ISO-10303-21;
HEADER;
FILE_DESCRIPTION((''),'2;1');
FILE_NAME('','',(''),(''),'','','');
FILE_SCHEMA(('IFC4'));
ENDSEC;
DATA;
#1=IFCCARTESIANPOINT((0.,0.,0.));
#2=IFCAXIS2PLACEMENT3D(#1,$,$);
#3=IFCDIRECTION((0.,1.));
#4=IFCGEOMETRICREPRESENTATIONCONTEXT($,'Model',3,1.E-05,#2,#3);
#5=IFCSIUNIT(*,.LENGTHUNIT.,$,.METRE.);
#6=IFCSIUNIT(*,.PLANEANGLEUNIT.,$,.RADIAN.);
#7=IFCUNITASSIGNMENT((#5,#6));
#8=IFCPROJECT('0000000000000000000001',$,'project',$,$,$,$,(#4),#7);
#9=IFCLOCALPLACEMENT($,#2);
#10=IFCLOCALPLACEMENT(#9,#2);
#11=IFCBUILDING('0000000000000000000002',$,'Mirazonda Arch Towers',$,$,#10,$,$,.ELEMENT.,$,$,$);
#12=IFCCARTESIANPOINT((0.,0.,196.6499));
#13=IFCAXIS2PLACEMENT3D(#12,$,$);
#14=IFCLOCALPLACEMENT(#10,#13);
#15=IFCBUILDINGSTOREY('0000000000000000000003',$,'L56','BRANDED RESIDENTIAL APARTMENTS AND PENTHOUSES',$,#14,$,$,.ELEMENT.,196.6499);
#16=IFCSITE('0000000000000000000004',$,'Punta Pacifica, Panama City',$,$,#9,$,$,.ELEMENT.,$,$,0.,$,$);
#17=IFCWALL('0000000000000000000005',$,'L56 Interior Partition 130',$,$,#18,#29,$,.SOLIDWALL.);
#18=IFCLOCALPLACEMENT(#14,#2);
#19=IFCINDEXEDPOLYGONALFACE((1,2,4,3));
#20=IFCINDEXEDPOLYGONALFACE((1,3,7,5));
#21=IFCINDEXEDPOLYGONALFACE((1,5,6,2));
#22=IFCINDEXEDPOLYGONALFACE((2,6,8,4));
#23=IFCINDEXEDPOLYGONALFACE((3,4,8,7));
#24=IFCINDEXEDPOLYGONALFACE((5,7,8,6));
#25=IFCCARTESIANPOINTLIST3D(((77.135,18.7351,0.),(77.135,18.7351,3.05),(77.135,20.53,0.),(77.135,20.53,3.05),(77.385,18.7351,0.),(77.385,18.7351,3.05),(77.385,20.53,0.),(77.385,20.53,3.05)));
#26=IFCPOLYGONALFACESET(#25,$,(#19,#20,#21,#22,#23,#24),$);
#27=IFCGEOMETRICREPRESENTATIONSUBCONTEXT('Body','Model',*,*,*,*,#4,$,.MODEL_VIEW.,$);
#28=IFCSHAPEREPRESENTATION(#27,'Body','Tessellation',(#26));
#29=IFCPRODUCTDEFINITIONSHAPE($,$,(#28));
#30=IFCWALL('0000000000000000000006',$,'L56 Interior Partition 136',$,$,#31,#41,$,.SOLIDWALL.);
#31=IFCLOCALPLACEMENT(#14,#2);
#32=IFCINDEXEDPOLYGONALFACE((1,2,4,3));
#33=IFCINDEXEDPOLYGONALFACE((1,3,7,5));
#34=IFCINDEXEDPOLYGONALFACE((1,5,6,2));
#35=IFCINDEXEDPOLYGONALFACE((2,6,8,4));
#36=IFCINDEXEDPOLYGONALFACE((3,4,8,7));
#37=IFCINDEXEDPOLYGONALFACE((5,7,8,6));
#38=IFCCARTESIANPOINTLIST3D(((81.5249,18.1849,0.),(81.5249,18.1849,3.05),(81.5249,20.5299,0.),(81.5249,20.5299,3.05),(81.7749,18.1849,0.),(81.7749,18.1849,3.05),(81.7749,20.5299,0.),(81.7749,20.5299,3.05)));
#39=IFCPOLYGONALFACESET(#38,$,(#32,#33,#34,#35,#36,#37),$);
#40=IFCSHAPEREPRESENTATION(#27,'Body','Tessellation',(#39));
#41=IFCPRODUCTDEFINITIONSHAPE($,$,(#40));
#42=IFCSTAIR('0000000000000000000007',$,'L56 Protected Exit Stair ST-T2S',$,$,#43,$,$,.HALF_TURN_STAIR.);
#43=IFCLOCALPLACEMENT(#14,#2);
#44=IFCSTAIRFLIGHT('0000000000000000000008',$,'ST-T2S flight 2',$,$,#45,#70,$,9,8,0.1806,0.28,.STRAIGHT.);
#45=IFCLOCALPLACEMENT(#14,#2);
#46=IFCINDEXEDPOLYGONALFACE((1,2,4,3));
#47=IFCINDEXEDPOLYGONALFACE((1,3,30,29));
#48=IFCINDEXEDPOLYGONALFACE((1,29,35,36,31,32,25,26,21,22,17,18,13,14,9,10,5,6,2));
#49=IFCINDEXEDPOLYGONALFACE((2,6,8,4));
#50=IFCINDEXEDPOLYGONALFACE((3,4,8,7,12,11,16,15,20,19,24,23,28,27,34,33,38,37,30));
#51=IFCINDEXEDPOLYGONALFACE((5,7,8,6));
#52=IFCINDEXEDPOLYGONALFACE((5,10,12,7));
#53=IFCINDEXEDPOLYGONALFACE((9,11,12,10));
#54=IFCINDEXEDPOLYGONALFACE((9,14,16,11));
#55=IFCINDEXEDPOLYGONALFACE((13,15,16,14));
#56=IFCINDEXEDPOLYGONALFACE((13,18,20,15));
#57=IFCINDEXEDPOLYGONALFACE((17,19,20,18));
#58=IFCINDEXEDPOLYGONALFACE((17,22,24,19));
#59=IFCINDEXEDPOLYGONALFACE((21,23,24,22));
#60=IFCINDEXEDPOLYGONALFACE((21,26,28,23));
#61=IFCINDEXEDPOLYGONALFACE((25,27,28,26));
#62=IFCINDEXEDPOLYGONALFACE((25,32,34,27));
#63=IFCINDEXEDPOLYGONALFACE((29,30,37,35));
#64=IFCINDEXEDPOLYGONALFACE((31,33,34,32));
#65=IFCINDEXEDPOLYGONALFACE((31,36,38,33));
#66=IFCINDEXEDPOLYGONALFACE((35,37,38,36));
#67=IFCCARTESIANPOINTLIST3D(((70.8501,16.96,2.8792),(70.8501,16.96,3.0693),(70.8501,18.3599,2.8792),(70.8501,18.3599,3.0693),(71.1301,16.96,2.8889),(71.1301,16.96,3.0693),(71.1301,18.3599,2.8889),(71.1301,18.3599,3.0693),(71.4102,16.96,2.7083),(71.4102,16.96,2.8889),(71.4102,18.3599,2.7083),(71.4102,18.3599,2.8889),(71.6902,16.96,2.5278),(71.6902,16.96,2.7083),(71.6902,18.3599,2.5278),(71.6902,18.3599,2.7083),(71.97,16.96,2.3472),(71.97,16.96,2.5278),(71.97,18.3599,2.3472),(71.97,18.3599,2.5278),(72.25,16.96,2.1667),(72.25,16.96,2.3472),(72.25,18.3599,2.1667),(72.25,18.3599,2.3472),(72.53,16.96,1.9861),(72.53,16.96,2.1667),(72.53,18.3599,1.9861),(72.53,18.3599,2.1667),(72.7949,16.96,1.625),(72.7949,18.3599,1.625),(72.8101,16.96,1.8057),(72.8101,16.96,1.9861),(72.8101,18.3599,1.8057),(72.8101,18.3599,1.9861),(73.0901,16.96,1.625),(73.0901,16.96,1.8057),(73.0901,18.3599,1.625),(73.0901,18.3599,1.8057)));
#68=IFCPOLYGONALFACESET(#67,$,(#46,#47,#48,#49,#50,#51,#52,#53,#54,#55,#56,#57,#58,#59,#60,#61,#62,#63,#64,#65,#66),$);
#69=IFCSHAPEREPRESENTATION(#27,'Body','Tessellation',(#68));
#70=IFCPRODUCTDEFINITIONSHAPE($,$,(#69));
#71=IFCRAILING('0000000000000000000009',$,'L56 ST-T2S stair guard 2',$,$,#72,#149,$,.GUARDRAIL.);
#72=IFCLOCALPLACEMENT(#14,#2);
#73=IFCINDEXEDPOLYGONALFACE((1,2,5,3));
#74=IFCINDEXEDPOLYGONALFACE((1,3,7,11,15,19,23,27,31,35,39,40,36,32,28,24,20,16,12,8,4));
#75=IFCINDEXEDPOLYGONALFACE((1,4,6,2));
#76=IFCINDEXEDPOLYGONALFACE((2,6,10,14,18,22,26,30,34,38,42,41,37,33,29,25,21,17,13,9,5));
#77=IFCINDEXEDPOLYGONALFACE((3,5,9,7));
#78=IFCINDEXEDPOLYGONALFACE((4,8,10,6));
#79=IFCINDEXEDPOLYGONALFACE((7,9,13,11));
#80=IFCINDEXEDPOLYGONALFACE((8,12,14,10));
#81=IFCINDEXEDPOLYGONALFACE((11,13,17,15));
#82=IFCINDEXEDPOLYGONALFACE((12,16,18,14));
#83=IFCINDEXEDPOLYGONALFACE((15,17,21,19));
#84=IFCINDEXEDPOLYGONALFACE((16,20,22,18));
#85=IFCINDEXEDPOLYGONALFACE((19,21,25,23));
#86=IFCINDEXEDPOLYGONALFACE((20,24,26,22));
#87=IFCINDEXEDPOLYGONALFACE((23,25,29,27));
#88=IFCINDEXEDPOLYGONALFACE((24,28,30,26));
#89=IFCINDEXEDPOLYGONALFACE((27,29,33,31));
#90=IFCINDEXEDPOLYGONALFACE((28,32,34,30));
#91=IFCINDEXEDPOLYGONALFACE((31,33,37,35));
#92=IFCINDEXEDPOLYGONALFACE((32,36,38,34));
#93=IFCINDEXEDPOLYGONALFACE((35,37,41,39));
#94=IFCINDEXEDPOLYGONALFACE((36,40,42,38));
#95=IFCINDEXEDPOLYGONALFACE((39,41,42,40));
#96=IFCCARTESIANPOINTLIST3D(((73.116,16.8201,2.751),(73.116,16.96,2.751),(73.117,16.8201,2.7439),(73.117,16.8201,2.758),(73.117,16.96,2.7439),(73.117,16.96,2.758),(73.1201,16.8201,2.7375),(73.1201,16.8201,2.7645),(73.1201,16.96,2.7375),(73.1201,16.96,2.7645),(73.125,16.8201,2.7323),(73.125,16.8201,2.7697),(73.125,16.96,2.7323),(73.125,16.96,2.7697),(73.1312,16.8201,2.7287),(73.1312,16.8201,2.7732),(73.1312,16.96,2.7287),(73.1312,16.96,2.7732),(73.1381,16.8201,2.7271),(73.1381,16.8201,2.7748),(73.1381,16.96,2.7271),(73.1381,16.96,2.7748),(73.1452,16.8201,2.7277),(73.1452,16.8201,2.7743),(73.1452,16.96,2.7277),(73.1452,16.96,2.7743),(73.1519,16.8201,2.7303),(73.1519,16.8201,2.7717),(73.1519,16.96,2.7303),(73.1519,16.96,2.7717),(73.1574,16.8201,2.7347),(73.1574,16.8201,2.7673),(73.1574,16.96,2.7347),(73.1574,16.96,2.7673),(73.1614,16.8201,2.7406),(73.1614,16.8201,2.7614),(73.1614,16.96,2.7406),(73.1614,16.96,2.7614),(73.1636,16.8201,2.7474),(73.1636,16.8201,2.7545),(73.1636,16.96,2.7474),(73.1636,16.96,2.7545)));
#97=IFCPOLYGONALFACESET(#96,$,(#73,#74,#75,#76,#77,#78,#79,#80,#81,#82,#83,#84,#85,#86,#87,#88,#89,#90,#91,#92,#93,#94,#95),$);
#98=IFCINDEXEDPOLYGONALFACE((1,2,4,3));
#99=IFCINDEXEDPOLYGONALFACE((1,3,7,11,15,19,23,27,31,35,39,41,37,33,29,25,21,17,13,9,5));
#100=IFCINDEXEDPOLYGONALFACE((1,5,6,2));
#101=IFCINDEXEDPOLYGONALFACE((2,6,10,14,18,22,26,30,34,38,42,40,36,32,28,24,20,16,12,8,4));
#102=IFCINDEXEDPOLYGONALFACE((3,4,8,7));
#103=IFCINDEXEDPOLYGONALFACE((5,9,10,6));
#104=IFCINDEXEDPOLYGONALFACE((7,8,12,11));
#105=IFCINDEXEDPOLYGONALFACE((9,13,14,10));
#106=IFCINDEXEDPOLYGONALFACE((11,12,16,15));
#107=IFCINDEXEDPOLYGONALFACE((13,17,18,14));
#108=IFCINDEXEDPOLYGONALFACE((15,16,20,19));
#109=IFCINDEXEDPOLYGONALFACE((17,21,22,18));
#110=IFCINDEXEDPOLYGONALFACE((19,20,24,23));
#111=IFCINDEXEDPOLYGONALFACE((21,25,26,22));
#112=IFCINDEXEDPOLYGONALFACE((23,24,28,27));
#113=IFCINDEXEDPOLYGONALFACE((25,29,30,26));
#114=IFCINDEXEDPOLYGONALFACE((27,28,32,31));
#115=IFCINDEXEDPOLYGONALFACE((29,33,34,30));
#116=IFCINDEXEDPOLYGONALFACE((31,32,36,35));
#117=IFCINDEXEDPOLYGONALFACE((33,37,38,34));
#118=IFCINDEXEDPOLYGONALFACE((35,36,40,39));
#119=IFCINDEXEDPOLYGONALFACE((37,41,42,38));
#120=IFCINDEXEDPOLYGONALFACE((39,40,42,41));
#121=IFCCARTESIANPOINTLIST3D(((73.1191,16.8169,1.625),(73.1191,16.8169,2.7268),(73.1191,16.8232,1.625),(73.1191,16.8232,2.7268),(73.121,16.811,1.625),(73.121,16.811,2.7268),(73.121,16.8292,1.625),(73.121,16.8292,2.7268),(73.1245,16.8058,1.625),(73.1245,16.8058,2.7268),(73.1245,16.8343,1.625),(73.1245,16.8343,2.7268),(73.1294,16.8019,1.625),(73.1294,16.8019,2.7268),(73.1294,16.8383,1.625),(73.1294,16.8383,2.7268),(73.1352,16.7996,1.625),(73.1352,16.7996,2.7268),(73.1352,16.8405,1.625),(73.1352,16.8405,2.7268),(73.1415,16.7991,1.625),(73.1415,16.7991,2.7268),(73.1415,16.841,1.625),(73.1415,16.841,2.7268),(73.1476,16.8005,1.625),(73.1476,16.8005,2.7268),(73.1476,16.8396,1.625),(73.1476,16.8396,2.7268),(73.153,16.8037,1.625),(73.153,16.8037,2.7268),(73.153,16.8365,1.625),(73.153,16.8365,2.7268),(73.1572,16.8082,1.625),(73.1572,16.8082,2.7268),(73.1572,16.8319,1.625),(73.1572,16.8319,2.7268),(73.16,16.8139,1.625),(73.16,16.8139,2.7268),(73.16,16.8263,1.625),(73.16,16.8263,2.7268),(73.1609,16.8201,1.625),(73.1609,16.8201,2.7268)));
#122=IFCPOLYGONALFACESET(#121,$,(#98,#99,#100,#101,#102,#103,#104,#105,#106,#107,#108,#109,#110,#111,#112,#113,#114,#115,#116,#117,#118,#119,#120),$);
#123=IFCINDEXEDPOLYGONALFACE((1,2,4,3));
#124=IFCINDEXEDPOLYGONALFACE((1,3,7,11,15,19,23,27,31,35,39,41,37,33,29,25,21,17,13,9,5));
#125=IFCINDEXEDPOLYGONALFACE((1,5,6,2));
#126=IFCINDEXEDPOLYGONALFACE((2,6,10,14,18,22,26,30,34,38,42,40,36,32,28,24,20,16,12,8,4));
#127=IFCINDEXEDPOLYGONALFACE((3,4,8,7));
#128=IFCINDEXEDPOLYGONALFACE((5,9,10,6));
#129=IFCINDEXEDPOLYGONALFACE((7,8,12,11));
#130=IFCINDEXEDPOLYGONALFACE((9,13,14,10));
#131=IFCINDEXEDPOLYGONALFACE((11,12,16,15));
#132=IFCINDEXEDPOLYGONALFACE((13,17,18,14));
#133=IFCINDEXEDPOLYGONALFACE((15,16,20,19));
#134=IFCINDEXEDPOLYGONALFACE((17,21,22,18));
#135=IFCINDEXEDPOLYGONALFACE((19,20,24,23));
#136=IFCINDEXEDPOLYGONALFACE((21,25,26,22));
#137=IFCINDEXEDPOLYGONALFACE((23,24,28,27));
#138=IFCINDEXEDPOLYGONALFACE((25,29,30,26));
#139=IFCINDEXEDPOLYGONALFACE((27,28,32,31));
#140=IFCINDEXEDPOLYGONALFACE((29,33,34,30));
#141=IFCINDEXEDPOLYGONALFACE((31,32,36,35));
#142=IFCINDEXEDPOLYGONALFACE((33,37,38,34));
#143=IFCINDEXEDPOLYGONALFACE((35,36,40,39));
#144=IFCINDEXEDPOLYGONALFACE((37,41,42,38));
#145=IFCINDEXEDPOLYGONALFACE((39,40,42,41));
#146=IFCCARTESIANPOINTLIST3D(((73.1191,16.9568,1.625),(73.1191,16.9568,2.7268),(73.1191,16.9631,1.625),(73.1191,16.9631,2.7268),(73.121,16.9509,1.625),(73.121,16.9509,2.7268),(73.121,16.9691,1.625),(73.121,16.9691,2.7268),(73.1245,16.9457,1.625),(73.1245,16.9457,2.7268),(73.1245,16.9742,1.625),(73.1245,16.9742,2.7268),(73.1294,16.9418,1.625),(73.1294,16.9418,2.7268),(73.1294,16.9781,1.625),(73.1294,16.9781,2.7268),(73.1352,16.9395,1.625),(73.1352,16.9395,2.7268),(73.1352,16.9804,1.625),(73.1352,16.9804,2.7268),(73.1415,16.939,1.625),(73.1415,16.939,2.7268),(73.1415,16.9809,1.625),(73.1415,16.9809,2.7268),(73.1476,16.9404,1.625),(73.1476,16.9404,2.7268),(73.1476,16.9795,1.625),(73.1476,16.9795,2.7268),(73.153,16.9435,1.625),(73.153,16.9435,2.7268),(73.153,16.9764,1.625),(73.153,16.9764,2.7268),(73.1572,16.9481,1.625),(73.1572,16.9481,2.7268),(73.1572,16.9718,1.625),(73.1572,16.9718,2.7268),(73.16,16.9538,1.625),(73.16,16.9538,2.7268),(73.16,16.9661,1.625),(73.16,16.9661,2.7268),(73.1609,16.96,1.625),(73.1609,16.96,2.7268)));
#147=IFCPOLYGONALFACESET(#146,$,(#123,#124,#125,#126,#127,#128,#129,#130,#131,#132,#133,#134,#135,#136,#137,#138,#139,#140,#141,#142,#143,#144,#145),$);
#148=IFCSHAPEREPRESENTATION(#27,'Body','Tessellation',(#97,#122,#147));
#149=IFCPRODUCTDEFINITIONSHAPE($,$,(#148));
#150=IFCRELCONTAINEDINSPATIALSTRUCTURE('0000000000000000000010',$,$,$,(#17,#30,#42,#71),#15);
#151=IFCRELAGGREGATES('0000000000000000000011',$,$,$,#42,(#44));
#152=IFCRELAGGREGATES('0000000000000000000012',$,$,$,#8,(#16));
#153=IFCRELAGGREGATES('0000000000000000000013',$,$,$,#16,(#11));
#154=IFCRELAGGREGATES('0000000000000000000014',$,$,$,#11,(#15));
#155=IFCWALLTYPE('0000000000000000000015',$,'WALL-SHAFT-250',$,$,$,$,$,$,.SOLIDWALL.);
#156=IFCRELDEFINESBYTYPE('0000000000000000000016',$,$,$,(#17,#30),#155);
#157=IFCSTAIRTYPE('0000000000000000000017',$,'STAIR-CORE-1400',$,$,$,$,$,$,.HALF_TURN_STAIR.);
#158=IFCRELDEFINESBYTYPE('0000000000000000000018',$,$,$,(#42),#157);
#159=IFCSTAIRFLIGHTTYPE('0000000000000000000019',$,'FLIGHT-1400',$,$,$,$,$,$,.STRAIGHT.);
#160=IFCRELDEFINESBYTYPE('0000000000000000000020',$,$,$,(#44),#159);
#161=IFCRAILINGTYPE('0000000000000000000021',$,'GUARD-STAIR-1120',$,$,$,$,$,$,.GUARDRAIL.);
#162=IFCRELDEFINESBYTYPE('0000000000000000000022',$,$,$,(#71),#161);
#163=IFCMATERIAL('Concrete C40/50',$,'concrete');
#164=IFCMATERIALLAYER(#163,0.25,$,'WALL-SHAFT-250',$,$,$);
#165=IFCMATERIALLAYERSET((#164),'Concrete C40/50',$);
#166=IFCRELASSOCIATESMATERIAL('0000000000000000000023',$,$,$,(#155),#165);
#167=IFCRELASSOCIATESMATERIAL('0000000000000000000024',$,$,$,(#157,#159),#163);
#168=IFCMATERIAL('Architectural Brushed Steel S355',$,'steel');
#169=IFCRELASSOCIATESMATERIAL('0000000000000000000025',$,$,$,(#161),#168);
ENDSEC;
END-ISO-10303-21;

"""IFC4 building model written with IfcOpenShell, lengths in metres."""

from ifc_helpers import new_model, si_unit, direction, frame, frame_2d, origin, origin_2d, place, context, subcontext, project, spatial, polyline, rectangle, circle, outline, extrude, material, layer, layer_set, type_object, element, aggregate, save


model = new_model("IFC4")

# Units and contexts
model_context = context("Model", 3, precision=1e-05, world=origin(), true_north=direction((0.0, 1.0)))
body_context = subcontext(model_context, "Body", "Model", "MODEL_VIEW")
ifc_project = project(units=[si_unit("LENGTHUNIT", "METRE"), si_unit("PLANEANGLEUNIT", "RADIAN")], contexts=[model_context])

# Site, building, storey
site_placement = place(None, origin())
site = spatial("IfcSite", under=ifc_project, at=site_placement, Name="Punta Pacifica, Panama City", CompositionType="ELEMENT", RefElevation=0.0)
building_placement = place(site_placement, origin())
building = spatial("IfcBuilding", under=site, at=building_placement, Name="Mirazonda Arch Towers", CompositionType="ELEMENT")
storey_placement = place(building_placement, frame((0.0, 0.0, 196.6499)))
storey = spatial("IfcBuildingStorey", under=building, at=storey_placement, Name="L56", Description="BRANDED RESIDENTIAL APARTMENTS AND PENTHOUSES", CompositionType="ELEMENT", Elevation=196.6499)

# Shared definitions
ifc_material_1 = material(Name="Architectural Brushed Steel S355", Category="steel")

# Walls
ifc_material_2 = material(Name="Concrete C40/50", Category="concrete")
ifc_layer_1 = layer(ifc_material_2, 0.25, Name="WALL-SHAFT-250")
ifc_layer_set_1 = layer_set([ifc_layer_1], Name="Concrete C40/50")
wall_type_1 = type_object("IfcWallType", Name="WALL-SHAFT-250", PredefinedType="SOLIDWALL", material=ifc_layer_set_1)
wall_1_placement = place(storey_placement, frame((77.26, 18.7351, 0.0), z_axis=(0.0, 0.0, 1.0), x_axis=(0.0, 1.0, 0.0)))
element("IfcWall", 1, at=wall_1_placement, inside=storey, type_object=wall_type_1, Name="L56 Interior Partition 130", PredefinedType="SOLIDWALL", context=body_context, shape_type="SweptSolid", body=[
    extrude(rectangle(XDim=1.7949, YDim=0.25, at=frame_2d((0.8975, 0.0))), origin(), (0.0, 0.0, 1.0), 3.05),
])
wall_2_placement = place(storey_placement, frame((81.6499, 18.1851, 0.0), z_axis=(0.0, 0.0, 1.0), x_axis=(0.0, 1.0, 0.0)))
element("IfcWall", 2, at=wall_2_placement, inside=storey, type_object=wall_type_1, Name="L56 Interior Partition 136", PredefinedType="SOLIDWALL", context=body_context, shape_type="SweptSolid", body=[
    extrude(rectangle(XDim=2.345, YDim=0.25, at=frame_2d((1.1724, 0.0))), origin(), (0.0, 0.0, 1.0), 3.05),
])

# Stair, stair flight
stair_type = type_object("IfcStairType", Name="STAIR-CORE-1400", PredefinedType="HALF_TURN_STAIR", material=ifc_material_2)
stair_placement = place(storey_placement, origin())
stair = element("IfcStair", 3, at=stair_placement, inside=storey, type_object=stair_type, Name="L56 Protected Exit Stair ST-T2S", PredefinedType="HALF_TURN_STAIR")
stair_flight_type = type_object("IfcStairFlightType", Name="FLIGHT-1400", PredefinedType="STRAIGHT", material=ifc_material_2)
stair_flight_placement = place(storey_placement, frame((73.0901, 17.6599, 1.625), z_axis=(0.0, 0.0, 1.0), x_axis=(-1.0, 0.0, 0.0)))
stair_flight = element("IfcStairFlight", 4, at=stair_flight_placement, type_object=stair_flight_type, Name="ST-T2S flight 2", NumberOfRisers=9, NumberOfTreads=8, PredefinedType="STRAIGHT", RiserHeight=0.1806, TreadLength=0.28, context=body_context, shape_type="SweptSolid", body=[
    extrude(outline(polyline([(0.0, 0.0), (0.0, 0.1807), (0.28, 0.1807), (0.28, 0.3611), (0.5601, 0.3611), (0.5601, 0.5417), (0.8401, 0.5417), (0.8401, 0.7222), (1.1201, 0.7222), (1.1201, 0.9028), (1.3999, 0.9028), (1.3999, 1.0833), (1.6799, 1.0833), (1.6799, 1.2639), (1.96, 1.2639), (1.96, 1.4443), (2.24, 1.4443), (2.24, 1.625), (2.24, 1.2542), (0.2952, 0.0), (0.0, 0.0)])), frame((0.0, 0.7, 0.0), z_axis=(0.0, -1.0, 0.0), x_axis=(1.0, 0.0, 0.0)), (0.0, 0.0, 1.0), 1.3999),
])
aggregate(stair, [stair_flight])

# Railing
railing_type_1 = type_object("IfcRailingType", Name="GUARD-STAIR-1120", PredefinedType="GUARDRAIL", material=ifc_material_1)
railing_1_placement = place(storey_placement, frame((73.1399, 16.8201, 1.625)))
element("IfcRailing", 5, at=railing_1_placement, inside=storey, type_object=railing_type_1, Name="L56 ST-T2S stair guard 2", PredefinedType="GUARDRAIL", context=body_context, shape_type="SweptSolid", body=[
    extrude(circle(Radius=0.0239, at=origin_2d()), frame((0.0, 0.0, 1.126), z_axis=(0.0, 1.0, 0.0), x_axis=(-1.0, 0.0, 0.0)), (0.0, 0.0, 1.0), 0.1399),
    extrude(circle(Radius=0.021, at=origin_2d()), origin(), (0.0, 0.0, 1.0), 1.1018),
    extrude(circle(Radius=0.021, at=origin_2d()), frame((0.0, 0.1399, 0.0)), (0.0, 0.0, 1.0), 1.1018),
])

save(model, "model.ifc")
